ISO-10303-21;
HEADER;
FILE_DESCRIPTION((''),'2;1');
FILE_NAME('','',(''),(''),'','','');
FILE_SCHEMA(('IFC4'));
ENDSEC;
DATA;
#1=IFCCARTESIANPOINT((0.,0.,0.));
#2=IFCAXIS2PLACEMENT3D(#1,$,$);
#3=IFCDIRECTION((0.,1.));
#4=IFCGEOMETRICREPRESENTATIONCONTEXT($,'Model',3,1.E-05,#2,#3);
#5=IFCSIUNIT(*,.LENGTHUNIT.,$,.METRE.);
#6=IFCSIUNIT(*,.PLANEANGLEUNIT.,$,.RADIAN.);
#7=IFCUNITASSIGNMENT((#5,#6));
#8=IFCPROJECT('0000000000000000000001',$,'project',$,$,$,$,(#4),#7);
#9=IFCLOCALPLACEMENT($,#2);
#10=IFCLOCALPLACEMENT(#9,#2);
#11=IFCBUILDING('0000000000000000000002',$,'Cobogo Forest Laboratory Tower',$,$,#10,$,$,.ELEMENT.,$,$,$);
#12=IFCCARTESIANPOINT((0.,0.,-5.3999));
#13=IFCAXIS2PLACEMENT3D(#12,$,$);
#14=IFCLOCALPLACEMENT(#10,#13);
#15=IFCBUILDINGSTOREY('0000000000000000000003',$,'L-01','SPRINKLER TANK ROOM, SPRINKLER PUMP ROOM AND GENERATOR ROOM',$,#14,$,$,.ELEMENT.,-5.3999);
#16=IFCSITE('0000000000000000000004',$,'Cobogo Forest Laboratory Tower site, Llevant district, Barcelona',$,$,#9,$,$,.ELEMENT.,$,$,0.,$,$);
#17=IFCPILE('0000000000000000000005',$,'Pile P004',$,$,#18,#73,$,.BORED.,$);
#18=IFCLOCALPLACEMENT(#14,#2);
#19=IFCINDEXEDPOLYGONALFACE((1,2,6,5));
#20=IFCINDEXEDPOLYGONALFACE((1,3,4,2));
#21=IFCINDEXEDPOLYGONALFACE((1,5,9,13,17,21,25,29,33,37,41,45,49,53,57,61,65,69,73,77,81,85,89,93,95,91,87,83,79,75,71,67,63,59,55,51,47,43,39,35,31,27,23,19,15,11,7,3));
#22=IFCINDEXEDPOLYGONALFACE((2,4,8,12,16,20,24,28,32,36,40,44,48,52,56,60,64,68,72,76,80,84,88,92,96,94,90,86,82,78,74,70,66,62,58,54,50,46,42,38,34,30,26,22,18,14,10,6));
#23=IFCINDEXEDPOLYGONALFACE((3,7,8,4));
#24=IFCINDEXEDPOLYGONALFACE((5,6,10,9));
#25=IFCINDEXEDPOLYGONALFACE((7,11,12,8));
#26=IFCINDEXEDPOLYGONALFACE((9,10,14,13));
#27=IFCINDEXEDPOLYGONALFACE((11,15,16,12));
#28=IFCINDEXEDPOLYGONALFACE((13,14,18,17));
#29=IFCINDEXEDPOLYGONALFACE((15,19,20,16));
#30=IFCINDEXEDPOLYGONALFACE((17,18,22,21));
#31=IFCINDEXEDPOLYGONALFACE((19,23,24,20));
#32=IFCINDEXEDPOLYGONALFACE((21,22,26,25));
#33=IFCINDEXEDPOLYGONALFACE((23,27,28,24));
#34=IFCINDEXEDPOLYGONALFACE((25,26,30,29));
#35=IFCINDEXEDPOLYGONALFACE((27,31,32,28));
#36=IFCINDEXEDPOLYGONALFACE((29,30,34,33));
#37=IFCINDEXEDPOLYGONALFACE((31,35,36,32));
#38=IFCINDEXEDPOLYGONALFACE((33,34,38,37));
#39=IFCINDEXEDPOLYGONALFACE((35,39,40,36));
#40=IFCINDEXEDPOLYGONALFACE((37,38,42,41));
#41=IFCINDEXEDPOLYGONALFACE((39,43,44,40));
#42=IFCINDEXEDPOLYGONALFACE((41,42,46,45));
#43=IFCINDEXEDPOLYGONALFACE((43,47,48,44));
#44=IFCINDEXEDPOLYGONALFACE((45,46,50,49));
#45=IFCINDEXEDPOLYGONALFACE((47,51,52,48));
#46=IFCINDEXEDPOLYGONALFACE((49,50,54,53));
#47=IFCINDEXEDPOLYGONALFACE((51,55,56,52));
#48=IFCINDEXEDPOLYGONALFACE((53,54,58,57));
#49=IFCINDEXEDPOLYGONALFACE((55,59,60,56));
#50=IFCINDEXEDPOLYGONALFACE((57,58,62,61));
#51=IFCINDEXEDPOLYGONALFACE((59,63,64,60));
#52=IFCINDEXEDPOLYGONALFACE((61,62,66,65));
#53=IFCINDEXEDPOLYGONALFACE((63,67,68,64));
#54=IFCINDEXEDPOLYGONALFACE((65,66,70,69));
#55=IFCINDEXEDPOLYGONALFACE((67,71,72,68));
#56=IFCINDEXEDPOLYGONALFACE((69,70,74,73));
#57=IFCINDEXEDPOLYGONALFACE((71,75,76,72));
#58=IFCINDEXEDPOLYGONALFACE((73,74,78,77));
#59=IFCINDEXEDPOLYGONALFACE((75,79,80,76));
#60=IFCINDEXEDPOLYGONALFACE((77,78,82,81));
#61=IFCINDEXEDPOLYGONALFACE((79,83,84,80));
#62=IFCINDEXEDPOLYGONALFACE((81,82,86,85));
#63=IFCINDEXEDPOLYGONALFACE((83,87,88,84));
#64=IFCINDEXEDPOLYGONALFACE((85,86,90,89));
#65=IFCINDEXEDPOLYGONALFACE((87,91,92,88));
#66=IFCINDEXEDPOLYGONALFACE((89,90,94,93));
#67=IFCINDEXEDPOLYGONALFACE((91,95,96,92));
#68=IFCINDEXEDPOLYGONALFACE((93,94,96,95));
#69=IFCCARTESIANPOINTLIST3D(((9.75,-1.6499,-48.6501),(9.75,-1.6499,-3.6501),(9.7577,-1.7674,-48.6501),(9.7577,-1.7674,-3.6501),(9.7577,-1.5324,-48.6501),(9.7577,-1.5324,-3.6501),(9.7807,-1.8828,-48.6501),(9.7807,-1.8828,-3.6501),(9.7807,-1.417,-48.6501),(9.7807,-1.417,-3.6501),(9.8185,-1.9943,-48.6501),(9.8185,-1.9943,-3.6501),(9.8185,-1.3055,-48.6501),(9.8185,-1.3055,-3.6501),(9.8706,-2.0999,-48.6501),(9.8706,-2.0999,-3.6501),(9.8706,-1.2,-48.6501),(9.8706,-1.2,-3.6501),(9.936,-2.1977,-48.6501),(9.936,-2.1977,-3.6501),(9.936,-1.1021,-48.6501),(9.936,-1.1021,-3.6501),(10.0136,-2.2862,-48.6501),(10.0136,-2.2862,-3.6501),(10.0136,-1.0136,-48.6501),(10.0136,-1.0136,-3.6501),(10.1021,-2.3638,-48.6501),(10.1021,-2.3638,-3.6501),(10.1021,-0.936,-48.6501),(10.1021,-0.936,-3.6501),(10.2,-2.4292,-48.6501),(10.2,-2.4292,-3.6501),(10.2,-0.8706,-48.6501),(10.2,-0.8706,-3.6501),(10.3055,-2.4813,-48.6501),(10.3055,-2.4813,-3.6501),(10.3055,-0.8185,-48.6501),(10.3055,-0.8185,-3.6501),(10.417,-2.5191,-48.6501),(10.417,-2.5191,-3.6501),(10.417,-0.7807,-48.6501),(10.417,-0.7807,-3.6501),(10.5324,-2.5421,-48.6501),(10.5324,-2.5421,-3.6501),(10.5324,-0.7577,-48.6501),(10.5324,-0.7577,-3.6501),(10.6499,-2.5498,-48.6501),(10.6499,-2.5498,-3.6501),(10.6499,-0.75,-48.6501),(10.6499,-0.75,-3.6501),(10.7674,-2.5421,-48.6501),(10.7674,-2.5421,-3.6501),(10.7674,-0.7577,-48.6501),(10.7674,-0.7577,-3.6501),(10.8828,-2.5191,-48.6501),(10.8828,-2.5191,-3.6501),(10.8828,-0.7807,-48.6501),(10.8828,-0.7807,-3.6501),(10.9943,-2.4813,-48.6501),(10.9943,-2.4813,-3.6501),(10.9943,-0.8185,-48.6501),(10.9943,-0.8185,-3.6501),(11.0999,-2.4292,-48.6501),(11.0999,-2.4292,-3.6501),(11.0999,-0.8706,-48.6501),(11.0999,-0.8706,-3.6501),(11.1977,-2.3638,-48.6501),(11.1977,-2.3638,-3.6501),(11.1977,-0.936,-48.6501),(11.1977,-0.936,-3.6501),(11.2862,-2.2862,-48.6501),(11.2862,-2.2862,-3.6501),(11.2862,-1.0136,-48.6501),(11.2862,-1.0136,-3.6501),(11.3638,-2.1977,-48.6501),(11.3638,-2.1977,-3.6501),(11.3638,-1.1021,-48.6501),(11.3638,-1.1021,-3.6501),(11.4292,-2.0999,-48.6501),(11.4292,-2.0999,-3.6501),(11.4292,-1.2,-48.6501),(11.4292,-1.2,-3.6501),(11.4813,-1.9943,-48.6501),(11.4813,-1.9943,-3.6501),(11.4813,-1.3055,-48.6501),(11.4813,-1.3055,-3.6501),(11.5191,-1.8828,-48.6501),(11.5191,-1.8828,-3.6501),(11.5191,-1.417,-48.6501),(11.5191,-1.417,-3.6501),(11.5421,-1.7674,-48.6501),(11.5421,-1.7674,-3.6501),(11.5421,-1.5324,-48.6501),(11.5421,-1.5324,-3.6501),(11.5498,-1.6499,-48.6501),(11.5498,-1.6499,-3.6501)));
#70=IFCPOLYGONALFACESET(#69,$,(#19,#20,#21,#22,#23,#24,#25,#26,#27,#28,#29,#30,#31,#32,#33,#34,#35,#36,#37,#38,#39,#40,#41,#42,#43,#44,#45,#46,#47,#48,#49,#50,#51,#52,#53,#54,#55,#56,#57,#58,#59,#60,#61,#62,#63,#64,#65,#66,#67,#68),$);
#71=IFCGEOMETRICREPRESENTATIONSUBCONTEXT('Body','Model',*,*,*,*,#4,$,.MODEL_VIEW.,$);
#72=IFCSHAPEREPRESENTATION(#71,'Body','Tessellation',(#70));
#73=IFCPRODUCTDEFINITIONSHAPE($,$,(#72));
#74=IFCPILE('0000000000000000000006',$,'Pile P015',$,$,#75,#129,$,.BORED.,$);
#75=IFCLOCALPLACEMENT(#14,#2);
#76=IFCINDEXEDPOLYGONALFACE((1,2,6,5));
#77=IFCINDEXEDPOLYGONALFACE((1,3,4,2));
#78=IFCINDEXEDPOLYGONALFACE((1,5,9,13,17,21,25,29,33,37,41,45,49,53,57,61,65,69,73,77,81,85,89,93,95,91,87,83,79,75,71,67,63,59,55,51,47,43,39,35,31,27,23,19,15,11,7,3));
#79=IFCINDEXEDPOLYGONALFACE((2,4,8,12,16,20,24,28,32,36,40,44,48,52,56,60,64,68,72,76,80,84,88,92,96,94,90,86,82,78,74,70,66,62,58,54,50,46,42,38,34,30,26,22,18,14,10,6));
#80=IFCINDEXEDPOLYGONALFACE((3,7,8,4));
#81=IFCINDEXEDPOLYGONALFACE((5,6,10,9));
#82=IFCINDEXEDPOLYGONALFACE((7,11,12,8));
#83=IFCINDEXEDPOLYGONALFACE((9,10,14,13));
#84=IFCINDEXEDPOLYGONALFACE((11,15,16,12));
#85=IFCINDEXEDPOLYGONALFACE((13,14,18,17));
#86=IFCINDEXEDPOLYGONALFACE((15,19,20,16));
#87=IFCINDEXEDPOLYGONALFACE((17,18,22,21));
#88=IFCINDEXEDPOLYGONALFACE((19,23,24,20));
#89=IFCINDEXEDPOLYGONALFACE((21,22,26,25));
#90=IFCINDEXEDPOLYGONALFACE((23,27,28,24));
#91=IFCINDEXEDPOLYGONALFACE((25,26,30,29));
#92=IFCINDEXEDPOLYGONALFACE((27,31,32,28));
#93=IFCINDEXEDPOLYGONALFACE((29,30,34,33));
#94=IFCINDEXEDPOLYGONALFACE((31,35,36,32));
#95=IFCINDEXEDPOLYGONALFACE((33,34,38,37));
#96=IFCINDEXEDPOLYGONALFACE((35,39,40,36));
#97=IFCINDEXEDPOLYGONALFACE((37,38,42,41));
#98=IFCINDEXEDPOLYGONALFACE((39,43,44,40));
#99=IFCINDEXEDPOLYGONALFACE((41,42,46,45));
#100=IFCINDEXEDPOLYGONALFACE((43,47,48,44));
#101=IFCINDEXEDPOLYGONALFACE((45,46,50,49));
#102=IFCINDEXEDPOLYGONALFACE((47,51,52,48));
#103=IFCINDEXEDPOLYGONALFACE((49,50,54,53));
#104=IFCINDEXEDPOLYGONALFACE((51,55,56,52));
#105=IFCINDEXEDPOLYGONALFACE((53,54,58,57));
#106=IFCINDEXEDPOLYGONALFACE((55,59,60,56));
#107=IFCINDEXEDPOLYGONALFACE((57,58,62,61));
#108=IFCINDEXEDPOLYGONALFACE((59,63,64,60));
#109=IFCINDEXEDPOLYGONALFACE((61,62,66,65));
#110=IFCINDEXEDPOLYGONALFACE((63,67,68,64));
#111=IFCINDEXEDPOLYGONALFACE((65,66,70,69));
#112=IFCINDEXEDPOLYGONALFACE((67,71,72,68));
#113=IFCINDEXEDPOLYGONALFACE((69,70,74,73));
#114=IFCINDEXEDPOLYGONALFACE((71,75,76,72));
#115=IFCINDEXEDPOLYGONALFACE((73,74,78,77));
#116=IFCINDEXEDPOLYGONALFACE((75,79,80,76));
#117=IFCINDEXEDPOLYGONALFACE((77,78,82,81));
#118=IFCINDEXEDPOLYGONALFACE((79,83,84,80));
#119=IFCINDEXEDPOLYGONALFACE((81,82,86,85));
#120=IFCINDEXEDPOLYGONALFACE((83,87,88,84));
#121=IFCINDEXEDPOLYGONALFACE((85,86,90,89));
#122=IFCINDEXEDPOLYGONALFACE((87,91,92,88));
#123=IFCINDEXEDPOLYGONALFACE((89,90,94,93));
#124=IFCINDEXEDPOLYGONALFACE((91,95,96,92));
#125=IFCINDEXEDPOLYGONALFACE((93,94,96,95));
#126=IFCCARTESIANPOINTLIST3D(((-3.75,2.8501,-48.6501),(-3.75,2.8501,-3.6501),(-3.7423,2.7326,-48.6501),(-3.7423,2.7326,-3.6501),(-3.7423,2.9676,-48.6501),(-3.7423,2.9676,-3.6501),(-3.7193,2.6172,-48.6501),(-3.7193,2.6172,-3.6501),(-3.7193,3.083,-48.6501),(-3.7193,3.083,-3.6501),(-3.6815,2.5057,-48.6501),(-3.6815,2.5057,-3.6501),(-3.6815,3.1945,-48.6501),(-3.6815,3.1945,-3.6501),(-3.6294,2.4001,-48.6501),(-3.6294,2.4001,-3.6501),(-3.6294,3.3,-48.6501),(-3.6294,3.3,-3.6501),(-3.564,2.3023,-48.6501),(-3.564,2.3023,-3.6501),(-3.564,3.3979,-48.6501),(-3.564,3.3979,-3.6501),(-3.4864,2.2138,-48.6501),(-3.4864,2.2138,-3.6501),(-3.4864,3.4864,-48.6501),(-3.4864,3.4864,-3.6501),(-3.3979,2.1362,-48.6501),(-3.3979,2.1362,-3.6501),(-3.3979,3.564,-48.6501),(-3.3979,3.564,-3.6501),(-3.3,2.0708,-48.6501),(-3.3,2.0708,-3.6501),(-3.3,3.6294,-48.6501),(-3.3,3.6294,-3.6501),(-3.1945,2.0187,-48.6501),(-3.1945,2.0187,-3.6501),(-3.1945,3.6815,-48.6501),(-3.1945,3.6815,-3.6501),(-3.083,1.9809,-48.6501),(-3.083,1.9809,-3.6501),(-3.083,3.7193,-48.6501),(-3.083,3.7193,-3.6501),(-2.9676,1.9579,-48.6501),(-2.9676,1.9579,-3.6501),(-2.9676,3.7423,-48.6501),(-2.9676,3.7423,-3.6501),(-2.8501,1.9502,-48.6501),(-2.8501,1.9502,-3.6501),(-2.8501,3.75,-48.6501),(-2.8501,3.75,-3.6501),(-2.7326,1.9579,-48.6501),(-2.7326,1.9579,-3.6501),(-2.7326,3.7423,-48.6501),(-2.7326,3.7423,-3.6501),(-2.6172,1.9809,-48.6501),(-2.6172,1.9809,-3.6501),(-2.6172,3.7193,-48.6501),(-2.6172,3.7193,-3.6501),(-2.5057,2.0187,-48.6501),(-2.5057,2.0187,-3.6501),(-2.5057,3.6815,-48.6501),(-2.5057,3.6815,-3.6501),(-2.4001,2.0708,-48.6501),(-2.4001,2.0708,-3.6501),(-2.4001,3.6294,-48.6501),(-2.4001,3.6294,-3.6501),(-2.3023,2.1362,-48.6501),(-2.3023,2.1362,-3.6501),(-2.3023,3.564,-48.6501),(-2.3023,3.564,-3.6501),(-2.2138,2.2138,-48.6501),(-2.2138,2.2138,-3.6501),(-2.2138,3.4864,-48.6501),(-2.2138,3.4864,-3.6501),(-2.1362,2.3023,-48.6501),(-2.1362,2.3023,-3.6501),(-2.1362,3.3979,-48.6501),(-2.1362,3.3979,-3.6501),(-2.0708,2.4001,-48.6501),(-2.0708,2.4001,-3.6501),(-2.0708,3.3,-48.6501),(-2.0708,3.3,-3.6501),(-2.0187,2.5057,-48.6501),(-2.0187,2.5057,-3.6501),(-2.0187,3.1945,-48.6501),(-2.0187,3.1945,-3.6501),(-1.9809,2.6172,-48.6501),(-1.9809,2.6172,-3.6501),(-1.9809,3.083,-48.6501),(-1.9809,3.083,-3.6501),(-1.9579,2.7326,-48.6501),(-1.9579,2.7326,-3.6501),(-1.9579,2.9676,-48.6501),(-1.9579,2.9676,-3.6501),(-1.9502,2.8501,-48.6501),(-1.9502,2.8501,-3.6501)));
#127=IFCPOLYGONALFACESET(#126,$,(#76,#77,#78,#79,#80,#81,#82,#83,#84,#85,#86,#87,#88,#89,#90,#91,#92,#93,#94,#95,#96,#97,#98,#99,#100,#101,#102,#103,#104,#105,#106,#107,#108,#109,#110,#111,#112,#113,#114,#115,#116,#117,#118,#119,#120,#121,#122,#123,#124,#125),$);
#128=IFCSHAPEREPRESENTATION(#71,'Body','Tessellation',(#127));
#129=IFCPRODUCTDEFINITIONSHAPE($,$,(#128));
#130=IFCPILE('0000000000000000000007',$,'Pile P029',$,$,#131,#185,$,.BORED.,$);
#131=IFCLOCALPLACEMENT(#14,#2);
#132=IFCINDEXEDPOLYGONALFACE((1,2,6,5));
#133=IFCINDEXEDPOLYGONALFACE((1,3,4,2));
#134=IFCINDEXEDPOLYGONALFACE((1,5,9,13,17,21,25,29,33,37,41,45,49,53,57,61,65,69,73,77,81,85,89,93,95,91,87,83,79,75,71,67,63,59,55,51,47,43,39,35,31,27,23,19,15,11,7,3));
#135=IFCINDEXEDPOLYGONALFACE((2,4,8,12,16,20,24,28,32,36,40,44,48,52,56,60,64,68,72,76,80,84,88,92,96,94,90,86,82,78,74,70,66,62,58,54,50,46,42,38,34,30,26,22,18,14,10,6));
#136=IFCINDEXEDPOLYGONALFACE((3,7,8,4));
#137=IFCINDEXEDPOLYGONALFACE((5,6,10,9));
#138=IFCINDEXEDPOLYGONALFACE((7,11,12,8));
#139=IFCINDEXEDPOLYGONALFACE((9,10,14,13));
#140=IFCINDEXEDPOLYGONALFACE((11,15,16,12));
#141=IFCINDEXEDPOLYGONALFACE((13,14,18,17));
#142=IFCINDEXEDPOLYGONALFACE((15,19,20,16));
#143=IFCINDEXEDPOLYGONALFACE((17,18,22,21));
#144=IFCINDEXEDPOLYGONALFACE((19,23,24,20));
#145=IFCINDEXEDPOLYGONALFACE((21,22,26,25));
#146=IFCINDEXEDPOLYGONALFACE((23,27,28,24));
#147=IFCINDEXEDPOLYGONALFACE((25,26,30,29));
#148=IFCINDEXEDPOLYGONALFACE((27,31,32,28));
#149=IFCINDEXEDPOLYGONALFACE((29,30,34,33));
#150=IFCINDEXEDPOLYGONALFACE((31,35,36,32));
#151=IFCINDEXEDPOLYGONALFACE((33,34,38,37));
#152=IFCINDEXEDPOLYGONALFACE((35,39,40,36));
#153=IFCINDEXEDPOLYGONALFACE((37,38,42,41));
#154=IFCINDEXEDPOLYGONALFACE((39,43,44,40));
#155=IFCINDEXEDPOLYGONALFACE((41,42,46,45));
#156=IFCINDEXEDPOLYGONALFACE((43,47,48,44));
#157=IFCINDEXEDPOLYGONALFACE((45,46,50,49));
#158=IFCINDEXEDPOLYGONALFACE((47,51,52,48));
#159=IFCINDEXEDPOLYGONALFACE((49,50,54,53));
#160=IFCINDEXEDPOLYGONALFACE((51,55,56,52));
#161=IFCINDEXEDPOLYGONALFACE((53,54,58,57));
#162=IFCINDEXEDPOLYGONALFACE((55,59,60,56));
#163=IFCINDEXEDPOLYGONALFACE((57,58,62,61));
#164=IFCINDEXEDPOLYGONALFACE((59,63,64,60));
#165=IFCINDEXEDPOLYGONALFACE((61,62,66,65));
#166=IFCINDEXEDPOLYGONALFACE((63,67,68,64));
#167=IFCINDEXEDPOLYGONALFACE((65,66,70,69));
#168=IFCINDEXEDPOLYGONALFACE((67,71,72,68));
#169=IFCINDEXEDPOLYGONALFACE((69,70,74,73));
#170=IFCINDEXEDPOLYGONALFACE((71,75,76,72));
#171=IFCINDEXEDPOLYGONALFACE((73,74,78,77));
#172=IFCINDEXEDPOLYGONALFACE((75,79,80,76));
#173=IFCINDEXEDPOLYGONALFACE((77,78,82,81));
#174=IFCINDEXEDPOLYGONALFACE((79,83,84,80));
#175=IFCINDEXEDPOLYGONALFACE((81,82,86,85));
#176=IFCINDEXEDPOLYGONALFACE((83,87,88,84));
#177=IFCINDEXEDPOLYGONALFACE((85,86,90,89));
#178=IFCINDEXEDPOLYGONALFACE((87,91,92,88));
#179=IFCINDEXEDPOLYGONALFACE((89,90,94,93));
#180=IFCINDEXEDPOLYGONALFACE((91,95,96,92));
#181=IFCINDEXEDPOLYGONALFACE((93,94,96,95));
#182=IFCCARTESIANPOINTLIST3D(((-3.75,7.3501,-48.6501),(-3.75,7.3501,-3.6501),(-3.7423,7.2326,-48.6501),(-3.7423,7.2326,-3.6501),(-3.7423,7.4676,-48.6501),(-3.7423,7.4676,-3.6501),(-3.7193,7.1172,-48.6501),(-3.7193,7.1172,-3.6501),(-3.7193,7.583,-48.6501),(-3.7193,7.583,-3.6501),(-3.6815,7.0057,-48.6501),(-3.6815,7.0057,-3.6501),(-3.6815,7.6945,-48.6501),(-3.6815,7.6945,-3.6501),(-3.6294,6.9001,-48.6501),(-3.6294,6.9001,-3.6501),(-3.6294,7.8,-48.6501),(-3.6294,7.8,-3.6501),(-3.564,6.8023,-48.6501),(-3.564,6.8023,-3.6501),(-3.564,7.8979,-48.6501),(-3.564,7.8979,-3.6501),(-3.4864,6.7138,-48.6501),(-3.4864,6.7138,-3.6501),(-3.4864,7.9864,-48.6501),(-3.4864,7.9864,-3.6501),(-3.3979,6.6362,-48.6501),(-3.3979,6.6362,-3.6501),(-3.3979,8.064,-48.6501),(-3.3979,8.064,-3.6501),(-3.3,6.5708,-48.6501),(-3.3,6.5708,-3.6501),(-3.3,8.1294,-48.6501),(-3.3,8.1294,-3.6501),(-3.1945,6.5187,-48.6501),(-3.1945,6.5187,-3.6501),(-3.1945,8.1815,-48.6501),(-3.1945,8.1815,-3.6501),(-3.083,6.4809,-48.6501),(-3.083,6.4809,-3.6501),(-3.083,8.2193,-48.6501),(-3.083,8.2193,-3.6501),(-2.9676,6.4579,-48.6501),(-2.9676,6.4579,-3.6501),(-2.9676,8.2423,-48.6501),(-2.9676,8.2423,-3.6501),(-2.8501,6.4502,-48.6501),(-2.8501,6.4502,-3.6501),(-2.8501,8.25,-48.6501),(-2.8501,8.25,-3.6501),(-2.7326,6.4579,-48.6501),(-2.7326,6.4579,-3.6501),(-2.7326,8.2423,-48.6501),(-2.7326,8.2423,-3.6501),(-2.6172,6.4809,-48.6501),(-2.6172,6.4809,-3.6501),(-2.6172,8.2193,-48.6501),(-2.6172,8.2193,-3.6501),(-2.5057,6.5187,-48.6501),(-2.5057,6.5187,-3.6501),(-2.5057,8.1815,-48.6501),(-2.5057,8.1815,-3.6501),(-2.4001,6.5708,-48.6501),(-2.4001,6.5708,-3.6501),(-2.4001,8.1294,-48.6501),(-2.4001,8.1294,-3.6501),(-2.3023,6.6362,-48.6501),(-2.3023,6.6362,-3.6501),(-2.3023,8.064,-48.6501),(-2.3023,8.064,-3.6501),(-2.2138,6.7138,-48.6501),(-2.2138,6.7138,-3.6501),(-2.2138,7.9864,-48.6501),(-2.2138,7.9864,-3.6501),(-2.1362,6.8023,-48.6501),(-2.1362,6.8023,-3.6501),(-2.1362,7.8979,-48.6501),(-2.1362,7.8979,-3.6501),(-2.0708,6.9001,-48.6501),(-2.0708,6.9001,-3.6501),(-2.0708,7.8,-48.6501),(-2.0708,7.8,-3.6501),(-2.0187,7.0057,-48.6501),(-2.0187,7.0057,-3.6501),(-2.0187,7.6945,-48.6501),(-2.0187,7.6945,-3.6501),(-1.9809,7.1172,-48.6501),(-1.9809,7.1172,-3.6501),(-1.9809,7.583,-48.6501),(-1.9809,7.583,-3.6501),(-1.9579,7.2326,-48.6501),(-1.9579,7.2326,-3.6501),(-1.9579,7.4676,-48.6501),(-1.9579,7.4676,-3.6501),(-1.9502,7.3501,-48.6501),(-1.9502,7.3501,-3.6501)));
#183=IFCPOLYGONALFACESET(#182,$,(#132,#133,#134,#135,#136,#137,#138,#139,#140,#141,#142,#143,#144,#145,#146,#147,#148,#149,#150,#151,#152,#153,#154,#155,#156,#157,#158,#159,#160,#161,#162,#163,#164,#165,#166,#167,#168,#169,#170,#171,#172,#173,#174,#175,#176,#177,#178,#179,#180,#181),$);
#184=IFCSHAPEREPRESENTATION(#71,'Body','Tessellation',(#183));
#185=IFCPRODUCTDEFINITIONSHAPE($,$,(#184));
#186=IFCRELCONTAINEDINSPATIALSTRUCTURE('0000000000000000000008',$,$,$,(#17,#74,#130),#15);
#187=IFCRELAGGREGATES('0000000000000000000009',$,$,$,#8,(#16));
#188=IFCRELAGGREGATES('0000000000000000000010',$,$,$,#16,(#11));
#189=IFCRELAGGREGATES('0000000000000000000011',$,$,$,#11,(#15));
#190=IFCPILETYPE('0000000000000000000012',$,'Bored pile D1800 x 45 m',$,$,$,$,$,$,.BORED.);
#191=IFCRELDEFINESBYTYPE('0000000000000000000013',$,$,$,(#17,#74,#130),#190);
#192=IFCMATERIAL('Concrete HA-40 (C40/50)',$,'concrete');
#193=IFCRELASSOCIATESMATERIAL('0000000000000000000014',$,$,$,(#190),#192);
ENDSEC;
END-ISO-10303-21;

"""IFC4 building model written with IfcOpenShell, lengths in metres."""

from ifc_helpers import new_model, si_unit, direction, frame, origin, origin_2d, place, context, subcontext, project, spatial, circle, extrude, material, material_profile, profile_set, type_object, element, save


model = new_model("IFC4")

# Units and contexts
model_context = context("Model", 3, precision=1e-05, world=origin(), true_north=direction((0.0, 1.0)))
body_context = subcontext(model_context, "Body", "Model", "MODEL_VIEW")
ifc_project = project(units=[si_unit("LENGTHUNIT", "METRE"), si_unit("PLANEANGLEUNIT", "RADIAN")], contexts=[model_context])

# Site, building, storey
site_placement = place(None, origin())
site = spatial("IfcSite", under=ifc_project, at=site_placement, Name="Cobogo Forest Laboratory Tower site, Llevant district, Barcelona", CompositionType="ELEMENT", RefElevation=0.0)
building_placement = place(site_placement, origin())
building = spatial("IfcBuilding", under=site, at=building_placement, Name="Cobogo Forest Laboratory Tower", CompositionType="ELEMENT")
storey_placement = place(building_placement, frame((0.0, 0.0, -5.3999)))
storey = spatial("IfcBuildingStorey", under=building, at=storey_placement, Name="L-01", Description="SPRINKLER TANK ROOM, SPRINKLER PUMP ROOM AND GENERATOR ROOM", CompositionType="ELEMENT", Elevation=-5.3999)

# Piles
ifc_material_1 = material(Name="Concrete HA-40 (C40/50)", Category="concrete")
ifc_material_profile_1 = material_profile(ifc_material_1, circle(Radius=0.8999, at=origin_2d()), Name="PILE D1800")
ifc_profile_set_1 = profile_set([ifc_material_profile_1], Name="Concrete HA-40 (C40/50)")
pile_type_1 = type_object("IfcPileType", Name="Bored pile D1800 x 45 m", PredefinedType="BORED", material=ifc_profile_set_1)
for number, where, z_axis, x_axis, name in (
    (1, (10.6499, -1.6499, -3.6501), (0.0, 0.0, -1.0), (1.0, 0.0, 0.0), "Pile P004"),
    (2, (-2.8501, 2.8501, -3.6501), (0.0, 0.0, -1.0), (1.0, 0.0, 0.0), "Pile P015"),
    (3, (-2.8501, 7.3501, -3.6501), (0.0, 0.0, -1.0), (1.0, 0.0, 0.0), "Pile P029"),
):
    element("IfcPile", number, at=place(storey_placement, frame(where, z_axis=z_axis, x_axis=x_axis)), inside=storey, type_object=pile_type_1, Name=name, PredefinedType="BORED", context=body_context, shape_type="SweptSolid", body=[
        extrude(circle(Radius=0.8999, at=origin_2d()), origin(), (0.0, 0.0, 1.0), 45.0),
    ])

save(model, "model.ifc")
